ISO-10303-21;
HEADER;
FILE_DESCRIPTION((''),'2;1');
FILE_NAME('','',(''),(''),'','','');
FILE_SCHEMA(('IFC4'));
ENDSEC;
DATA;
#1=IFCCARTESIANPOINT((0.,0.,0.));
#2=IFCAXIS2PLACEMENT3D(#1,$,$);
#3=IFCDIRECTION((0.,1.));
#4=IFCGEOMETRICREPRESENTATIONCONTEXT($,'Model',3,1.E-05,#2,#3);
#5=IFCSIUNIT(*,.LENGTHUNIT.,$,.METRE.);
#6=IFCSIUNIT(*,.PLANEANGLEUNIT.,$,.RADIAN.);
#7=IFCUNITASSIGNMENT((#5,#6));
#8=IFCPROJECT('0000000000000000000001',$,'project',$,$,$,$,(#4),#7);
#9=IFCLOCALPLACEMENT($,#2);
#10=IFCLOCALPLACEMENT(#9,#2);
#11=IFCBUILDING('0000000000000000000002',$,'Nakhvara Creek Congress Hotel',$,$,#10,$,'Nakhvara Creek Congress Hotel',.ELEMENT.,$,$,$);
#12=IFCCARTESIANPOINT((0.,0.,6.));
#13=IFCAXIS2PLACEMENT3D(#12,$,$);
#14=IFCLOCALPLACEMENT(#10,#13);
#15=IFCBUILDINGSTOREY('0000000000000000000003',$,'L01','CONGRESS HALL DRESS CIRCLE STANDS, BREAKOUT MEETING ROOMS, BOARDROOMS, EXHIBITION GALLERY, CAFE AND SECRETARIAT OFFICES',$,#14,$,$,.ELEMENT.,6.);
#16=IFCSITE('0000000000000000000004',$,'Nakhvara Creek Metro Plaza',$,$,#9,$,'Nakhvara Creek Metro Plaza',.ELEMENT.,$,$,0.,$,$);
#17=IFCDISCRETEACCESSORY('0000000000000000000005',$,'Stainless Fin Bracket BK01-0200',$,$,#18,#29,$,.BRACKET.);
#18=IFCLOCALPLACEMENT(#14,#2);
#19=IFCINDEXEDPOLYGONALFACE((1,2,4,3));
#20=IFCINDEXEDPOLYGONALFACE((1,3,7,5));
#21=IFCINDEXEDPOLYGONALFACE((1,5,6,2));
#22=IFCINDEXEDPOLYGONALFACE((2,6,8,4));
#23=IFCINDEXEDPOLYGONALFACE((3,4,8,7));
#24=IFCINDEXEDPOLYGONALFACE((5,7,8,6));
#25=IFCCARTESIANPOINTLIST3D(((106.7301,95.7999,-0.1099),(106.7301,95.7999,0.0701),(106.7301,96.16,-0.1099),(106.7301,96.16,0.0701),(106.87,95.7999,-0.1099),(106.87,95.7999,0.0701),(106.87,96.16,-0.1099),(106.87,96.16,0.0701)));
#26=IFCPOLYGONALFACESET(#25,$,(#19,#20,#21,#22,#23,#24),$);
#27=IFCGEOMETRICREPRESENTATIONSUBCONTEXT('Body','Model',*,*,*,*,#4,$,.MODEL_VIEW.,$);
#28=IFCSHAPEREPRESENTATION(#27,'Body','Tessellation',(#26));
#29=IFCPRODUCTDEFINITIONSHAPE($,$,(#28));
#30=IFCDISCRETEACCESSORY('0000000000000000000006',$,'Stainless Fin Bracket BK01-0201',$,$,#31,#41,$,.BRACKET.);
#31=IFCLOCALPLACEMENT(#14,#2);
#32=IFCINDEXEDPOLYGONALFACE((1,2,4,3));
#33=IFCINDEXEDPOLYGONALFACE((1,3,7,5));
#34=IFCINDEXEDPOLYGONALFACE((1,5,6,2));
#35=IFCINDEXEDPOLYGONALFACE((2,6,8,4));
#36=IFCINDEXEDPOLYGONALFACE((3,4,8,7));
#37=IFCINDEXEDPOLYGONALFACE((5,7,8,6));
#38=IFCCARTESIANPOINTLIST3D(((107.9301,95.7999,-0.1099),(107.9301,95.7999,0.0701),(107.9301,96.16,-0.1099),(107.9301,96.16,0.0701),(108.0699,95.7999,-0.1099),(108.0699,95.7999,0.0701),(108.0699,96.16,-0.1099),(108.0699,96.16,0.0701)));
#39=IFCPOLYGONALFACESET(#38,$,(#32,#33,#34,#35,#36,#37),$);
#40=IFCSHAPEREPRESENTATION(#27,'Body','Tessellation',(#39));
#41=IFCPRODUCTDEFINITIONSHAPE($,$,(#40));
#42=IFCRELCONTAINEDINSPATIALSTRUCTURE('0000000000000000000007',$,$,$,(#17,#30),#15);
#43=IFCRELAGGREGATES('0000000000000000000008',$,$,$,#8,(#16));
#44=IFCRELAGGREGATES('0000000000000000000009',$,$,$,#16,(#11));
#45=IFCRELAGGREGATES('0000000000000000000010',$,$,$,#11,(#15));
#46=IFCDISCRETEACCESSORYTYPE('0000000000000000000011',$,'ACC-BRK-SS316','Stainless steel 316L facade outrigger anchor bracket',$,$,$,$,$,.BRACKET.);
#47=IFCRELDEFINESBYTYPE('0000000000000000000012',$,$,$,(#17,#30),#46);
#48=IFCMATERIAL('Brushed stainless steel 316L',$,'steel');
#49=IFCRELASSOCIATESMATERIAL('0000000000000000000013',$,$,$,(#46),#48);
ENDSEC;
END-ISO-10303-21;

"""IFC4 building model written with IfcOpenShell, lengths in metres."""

from ifc_helpers import new_model, si_unit, direction, frame, origin, origin_2d, place, context, subcontext, project, spatial, rectangle, extrude, material, type_object, element, save


model = new_model("IFC4")

# Units and contexts
model_context = context("Model", 3, precision=1e-05, world=origin(), true_north=direction((0.0, 1.0)))
body_context = subcontext(model_context, "Body", "Model", "MODEL_VIEW")
ifc_project = project(units=[si_unit("LENGTHUNIT", "METRE"), si_unit("PLANEANGLEUNIT", "RADIAN")], contexts=[model_context])

# Site, building, storey
site_placement = place(None, origin())
site = spatial("IfcSite", under=ifc_project, at=site_placement, Name="Nakhvara Creek Metro Plaza", LongName="Nakhvara Creek Metro Plaza", CompositionType="ELEMENT", RefElevation=0.0)
building_placement = place(site_placement, origin())
building = spatial("IfcBuilding", under=site, at=building_placement, Name="Nakhvara Creek Congress Hotel", LongName="Nakhvara Creek Congress Hotel", CompositionType="ELEMENT")
storey_placement = place(building_placement, frame((0.0, 0.0, 6.0)))
storey = spatial("IfcBuildingStorey", under=building, at=storey_placement, Name="L01", Description="CONGRESS HALL DRESS CIRCLE STANDS, BREAKOUT MEETING ROOMS, BOARDROOMS, EXHIBITION GALLERY, CAFE AND SECRETARIAT OFFICES", CompositionType="ELEMENT", Elevation=6.0)

# Shared definitions
ifc_material_1 = material(Name="Brushed stainless steel 316L", Category="steel")

# Discrete accessories
discrete_accessory_type = type_object("IfcDiscreteAccessoryType", Name="ACC-BRK-SS316", Description="Stainless steel 316L facade outrigger anchor bracket", PredefinedType="BRACKET", material=ifc_material_1)
for number, where, z_axis, x_axis, name in (
    (1, (106.8, 95.98, -0.1099), (0.0, 0.0, 1.0), (1.0, 0.0, 0.0), "Stainless Fin Bracket BK01-0200"),
    (2, (108.0, 95.98, -0.1099), (0.0, 0.0, 1.0), (1.0, 0.0, 0.0), "Stainless Fin Bracket BK01-0201"),
):
    element("IfcDiscreteAccessory", number, at=place(storey_placement, frame(where, z_axis=z_axis, x_axis=x_axis)), inside=storey, type_object=discrete_accessory_type, Name=name, PredefinedType="BRACKET", context=body_context, shape_type="SweptSolid", body=[
        extrude(rectangle(XDim=0.1399, YDim=0.3601, at=origin_2d()), origin(), (0.0, 0.0, 1.0), 0.1799),
    ])

save(model, "model.ifc")
